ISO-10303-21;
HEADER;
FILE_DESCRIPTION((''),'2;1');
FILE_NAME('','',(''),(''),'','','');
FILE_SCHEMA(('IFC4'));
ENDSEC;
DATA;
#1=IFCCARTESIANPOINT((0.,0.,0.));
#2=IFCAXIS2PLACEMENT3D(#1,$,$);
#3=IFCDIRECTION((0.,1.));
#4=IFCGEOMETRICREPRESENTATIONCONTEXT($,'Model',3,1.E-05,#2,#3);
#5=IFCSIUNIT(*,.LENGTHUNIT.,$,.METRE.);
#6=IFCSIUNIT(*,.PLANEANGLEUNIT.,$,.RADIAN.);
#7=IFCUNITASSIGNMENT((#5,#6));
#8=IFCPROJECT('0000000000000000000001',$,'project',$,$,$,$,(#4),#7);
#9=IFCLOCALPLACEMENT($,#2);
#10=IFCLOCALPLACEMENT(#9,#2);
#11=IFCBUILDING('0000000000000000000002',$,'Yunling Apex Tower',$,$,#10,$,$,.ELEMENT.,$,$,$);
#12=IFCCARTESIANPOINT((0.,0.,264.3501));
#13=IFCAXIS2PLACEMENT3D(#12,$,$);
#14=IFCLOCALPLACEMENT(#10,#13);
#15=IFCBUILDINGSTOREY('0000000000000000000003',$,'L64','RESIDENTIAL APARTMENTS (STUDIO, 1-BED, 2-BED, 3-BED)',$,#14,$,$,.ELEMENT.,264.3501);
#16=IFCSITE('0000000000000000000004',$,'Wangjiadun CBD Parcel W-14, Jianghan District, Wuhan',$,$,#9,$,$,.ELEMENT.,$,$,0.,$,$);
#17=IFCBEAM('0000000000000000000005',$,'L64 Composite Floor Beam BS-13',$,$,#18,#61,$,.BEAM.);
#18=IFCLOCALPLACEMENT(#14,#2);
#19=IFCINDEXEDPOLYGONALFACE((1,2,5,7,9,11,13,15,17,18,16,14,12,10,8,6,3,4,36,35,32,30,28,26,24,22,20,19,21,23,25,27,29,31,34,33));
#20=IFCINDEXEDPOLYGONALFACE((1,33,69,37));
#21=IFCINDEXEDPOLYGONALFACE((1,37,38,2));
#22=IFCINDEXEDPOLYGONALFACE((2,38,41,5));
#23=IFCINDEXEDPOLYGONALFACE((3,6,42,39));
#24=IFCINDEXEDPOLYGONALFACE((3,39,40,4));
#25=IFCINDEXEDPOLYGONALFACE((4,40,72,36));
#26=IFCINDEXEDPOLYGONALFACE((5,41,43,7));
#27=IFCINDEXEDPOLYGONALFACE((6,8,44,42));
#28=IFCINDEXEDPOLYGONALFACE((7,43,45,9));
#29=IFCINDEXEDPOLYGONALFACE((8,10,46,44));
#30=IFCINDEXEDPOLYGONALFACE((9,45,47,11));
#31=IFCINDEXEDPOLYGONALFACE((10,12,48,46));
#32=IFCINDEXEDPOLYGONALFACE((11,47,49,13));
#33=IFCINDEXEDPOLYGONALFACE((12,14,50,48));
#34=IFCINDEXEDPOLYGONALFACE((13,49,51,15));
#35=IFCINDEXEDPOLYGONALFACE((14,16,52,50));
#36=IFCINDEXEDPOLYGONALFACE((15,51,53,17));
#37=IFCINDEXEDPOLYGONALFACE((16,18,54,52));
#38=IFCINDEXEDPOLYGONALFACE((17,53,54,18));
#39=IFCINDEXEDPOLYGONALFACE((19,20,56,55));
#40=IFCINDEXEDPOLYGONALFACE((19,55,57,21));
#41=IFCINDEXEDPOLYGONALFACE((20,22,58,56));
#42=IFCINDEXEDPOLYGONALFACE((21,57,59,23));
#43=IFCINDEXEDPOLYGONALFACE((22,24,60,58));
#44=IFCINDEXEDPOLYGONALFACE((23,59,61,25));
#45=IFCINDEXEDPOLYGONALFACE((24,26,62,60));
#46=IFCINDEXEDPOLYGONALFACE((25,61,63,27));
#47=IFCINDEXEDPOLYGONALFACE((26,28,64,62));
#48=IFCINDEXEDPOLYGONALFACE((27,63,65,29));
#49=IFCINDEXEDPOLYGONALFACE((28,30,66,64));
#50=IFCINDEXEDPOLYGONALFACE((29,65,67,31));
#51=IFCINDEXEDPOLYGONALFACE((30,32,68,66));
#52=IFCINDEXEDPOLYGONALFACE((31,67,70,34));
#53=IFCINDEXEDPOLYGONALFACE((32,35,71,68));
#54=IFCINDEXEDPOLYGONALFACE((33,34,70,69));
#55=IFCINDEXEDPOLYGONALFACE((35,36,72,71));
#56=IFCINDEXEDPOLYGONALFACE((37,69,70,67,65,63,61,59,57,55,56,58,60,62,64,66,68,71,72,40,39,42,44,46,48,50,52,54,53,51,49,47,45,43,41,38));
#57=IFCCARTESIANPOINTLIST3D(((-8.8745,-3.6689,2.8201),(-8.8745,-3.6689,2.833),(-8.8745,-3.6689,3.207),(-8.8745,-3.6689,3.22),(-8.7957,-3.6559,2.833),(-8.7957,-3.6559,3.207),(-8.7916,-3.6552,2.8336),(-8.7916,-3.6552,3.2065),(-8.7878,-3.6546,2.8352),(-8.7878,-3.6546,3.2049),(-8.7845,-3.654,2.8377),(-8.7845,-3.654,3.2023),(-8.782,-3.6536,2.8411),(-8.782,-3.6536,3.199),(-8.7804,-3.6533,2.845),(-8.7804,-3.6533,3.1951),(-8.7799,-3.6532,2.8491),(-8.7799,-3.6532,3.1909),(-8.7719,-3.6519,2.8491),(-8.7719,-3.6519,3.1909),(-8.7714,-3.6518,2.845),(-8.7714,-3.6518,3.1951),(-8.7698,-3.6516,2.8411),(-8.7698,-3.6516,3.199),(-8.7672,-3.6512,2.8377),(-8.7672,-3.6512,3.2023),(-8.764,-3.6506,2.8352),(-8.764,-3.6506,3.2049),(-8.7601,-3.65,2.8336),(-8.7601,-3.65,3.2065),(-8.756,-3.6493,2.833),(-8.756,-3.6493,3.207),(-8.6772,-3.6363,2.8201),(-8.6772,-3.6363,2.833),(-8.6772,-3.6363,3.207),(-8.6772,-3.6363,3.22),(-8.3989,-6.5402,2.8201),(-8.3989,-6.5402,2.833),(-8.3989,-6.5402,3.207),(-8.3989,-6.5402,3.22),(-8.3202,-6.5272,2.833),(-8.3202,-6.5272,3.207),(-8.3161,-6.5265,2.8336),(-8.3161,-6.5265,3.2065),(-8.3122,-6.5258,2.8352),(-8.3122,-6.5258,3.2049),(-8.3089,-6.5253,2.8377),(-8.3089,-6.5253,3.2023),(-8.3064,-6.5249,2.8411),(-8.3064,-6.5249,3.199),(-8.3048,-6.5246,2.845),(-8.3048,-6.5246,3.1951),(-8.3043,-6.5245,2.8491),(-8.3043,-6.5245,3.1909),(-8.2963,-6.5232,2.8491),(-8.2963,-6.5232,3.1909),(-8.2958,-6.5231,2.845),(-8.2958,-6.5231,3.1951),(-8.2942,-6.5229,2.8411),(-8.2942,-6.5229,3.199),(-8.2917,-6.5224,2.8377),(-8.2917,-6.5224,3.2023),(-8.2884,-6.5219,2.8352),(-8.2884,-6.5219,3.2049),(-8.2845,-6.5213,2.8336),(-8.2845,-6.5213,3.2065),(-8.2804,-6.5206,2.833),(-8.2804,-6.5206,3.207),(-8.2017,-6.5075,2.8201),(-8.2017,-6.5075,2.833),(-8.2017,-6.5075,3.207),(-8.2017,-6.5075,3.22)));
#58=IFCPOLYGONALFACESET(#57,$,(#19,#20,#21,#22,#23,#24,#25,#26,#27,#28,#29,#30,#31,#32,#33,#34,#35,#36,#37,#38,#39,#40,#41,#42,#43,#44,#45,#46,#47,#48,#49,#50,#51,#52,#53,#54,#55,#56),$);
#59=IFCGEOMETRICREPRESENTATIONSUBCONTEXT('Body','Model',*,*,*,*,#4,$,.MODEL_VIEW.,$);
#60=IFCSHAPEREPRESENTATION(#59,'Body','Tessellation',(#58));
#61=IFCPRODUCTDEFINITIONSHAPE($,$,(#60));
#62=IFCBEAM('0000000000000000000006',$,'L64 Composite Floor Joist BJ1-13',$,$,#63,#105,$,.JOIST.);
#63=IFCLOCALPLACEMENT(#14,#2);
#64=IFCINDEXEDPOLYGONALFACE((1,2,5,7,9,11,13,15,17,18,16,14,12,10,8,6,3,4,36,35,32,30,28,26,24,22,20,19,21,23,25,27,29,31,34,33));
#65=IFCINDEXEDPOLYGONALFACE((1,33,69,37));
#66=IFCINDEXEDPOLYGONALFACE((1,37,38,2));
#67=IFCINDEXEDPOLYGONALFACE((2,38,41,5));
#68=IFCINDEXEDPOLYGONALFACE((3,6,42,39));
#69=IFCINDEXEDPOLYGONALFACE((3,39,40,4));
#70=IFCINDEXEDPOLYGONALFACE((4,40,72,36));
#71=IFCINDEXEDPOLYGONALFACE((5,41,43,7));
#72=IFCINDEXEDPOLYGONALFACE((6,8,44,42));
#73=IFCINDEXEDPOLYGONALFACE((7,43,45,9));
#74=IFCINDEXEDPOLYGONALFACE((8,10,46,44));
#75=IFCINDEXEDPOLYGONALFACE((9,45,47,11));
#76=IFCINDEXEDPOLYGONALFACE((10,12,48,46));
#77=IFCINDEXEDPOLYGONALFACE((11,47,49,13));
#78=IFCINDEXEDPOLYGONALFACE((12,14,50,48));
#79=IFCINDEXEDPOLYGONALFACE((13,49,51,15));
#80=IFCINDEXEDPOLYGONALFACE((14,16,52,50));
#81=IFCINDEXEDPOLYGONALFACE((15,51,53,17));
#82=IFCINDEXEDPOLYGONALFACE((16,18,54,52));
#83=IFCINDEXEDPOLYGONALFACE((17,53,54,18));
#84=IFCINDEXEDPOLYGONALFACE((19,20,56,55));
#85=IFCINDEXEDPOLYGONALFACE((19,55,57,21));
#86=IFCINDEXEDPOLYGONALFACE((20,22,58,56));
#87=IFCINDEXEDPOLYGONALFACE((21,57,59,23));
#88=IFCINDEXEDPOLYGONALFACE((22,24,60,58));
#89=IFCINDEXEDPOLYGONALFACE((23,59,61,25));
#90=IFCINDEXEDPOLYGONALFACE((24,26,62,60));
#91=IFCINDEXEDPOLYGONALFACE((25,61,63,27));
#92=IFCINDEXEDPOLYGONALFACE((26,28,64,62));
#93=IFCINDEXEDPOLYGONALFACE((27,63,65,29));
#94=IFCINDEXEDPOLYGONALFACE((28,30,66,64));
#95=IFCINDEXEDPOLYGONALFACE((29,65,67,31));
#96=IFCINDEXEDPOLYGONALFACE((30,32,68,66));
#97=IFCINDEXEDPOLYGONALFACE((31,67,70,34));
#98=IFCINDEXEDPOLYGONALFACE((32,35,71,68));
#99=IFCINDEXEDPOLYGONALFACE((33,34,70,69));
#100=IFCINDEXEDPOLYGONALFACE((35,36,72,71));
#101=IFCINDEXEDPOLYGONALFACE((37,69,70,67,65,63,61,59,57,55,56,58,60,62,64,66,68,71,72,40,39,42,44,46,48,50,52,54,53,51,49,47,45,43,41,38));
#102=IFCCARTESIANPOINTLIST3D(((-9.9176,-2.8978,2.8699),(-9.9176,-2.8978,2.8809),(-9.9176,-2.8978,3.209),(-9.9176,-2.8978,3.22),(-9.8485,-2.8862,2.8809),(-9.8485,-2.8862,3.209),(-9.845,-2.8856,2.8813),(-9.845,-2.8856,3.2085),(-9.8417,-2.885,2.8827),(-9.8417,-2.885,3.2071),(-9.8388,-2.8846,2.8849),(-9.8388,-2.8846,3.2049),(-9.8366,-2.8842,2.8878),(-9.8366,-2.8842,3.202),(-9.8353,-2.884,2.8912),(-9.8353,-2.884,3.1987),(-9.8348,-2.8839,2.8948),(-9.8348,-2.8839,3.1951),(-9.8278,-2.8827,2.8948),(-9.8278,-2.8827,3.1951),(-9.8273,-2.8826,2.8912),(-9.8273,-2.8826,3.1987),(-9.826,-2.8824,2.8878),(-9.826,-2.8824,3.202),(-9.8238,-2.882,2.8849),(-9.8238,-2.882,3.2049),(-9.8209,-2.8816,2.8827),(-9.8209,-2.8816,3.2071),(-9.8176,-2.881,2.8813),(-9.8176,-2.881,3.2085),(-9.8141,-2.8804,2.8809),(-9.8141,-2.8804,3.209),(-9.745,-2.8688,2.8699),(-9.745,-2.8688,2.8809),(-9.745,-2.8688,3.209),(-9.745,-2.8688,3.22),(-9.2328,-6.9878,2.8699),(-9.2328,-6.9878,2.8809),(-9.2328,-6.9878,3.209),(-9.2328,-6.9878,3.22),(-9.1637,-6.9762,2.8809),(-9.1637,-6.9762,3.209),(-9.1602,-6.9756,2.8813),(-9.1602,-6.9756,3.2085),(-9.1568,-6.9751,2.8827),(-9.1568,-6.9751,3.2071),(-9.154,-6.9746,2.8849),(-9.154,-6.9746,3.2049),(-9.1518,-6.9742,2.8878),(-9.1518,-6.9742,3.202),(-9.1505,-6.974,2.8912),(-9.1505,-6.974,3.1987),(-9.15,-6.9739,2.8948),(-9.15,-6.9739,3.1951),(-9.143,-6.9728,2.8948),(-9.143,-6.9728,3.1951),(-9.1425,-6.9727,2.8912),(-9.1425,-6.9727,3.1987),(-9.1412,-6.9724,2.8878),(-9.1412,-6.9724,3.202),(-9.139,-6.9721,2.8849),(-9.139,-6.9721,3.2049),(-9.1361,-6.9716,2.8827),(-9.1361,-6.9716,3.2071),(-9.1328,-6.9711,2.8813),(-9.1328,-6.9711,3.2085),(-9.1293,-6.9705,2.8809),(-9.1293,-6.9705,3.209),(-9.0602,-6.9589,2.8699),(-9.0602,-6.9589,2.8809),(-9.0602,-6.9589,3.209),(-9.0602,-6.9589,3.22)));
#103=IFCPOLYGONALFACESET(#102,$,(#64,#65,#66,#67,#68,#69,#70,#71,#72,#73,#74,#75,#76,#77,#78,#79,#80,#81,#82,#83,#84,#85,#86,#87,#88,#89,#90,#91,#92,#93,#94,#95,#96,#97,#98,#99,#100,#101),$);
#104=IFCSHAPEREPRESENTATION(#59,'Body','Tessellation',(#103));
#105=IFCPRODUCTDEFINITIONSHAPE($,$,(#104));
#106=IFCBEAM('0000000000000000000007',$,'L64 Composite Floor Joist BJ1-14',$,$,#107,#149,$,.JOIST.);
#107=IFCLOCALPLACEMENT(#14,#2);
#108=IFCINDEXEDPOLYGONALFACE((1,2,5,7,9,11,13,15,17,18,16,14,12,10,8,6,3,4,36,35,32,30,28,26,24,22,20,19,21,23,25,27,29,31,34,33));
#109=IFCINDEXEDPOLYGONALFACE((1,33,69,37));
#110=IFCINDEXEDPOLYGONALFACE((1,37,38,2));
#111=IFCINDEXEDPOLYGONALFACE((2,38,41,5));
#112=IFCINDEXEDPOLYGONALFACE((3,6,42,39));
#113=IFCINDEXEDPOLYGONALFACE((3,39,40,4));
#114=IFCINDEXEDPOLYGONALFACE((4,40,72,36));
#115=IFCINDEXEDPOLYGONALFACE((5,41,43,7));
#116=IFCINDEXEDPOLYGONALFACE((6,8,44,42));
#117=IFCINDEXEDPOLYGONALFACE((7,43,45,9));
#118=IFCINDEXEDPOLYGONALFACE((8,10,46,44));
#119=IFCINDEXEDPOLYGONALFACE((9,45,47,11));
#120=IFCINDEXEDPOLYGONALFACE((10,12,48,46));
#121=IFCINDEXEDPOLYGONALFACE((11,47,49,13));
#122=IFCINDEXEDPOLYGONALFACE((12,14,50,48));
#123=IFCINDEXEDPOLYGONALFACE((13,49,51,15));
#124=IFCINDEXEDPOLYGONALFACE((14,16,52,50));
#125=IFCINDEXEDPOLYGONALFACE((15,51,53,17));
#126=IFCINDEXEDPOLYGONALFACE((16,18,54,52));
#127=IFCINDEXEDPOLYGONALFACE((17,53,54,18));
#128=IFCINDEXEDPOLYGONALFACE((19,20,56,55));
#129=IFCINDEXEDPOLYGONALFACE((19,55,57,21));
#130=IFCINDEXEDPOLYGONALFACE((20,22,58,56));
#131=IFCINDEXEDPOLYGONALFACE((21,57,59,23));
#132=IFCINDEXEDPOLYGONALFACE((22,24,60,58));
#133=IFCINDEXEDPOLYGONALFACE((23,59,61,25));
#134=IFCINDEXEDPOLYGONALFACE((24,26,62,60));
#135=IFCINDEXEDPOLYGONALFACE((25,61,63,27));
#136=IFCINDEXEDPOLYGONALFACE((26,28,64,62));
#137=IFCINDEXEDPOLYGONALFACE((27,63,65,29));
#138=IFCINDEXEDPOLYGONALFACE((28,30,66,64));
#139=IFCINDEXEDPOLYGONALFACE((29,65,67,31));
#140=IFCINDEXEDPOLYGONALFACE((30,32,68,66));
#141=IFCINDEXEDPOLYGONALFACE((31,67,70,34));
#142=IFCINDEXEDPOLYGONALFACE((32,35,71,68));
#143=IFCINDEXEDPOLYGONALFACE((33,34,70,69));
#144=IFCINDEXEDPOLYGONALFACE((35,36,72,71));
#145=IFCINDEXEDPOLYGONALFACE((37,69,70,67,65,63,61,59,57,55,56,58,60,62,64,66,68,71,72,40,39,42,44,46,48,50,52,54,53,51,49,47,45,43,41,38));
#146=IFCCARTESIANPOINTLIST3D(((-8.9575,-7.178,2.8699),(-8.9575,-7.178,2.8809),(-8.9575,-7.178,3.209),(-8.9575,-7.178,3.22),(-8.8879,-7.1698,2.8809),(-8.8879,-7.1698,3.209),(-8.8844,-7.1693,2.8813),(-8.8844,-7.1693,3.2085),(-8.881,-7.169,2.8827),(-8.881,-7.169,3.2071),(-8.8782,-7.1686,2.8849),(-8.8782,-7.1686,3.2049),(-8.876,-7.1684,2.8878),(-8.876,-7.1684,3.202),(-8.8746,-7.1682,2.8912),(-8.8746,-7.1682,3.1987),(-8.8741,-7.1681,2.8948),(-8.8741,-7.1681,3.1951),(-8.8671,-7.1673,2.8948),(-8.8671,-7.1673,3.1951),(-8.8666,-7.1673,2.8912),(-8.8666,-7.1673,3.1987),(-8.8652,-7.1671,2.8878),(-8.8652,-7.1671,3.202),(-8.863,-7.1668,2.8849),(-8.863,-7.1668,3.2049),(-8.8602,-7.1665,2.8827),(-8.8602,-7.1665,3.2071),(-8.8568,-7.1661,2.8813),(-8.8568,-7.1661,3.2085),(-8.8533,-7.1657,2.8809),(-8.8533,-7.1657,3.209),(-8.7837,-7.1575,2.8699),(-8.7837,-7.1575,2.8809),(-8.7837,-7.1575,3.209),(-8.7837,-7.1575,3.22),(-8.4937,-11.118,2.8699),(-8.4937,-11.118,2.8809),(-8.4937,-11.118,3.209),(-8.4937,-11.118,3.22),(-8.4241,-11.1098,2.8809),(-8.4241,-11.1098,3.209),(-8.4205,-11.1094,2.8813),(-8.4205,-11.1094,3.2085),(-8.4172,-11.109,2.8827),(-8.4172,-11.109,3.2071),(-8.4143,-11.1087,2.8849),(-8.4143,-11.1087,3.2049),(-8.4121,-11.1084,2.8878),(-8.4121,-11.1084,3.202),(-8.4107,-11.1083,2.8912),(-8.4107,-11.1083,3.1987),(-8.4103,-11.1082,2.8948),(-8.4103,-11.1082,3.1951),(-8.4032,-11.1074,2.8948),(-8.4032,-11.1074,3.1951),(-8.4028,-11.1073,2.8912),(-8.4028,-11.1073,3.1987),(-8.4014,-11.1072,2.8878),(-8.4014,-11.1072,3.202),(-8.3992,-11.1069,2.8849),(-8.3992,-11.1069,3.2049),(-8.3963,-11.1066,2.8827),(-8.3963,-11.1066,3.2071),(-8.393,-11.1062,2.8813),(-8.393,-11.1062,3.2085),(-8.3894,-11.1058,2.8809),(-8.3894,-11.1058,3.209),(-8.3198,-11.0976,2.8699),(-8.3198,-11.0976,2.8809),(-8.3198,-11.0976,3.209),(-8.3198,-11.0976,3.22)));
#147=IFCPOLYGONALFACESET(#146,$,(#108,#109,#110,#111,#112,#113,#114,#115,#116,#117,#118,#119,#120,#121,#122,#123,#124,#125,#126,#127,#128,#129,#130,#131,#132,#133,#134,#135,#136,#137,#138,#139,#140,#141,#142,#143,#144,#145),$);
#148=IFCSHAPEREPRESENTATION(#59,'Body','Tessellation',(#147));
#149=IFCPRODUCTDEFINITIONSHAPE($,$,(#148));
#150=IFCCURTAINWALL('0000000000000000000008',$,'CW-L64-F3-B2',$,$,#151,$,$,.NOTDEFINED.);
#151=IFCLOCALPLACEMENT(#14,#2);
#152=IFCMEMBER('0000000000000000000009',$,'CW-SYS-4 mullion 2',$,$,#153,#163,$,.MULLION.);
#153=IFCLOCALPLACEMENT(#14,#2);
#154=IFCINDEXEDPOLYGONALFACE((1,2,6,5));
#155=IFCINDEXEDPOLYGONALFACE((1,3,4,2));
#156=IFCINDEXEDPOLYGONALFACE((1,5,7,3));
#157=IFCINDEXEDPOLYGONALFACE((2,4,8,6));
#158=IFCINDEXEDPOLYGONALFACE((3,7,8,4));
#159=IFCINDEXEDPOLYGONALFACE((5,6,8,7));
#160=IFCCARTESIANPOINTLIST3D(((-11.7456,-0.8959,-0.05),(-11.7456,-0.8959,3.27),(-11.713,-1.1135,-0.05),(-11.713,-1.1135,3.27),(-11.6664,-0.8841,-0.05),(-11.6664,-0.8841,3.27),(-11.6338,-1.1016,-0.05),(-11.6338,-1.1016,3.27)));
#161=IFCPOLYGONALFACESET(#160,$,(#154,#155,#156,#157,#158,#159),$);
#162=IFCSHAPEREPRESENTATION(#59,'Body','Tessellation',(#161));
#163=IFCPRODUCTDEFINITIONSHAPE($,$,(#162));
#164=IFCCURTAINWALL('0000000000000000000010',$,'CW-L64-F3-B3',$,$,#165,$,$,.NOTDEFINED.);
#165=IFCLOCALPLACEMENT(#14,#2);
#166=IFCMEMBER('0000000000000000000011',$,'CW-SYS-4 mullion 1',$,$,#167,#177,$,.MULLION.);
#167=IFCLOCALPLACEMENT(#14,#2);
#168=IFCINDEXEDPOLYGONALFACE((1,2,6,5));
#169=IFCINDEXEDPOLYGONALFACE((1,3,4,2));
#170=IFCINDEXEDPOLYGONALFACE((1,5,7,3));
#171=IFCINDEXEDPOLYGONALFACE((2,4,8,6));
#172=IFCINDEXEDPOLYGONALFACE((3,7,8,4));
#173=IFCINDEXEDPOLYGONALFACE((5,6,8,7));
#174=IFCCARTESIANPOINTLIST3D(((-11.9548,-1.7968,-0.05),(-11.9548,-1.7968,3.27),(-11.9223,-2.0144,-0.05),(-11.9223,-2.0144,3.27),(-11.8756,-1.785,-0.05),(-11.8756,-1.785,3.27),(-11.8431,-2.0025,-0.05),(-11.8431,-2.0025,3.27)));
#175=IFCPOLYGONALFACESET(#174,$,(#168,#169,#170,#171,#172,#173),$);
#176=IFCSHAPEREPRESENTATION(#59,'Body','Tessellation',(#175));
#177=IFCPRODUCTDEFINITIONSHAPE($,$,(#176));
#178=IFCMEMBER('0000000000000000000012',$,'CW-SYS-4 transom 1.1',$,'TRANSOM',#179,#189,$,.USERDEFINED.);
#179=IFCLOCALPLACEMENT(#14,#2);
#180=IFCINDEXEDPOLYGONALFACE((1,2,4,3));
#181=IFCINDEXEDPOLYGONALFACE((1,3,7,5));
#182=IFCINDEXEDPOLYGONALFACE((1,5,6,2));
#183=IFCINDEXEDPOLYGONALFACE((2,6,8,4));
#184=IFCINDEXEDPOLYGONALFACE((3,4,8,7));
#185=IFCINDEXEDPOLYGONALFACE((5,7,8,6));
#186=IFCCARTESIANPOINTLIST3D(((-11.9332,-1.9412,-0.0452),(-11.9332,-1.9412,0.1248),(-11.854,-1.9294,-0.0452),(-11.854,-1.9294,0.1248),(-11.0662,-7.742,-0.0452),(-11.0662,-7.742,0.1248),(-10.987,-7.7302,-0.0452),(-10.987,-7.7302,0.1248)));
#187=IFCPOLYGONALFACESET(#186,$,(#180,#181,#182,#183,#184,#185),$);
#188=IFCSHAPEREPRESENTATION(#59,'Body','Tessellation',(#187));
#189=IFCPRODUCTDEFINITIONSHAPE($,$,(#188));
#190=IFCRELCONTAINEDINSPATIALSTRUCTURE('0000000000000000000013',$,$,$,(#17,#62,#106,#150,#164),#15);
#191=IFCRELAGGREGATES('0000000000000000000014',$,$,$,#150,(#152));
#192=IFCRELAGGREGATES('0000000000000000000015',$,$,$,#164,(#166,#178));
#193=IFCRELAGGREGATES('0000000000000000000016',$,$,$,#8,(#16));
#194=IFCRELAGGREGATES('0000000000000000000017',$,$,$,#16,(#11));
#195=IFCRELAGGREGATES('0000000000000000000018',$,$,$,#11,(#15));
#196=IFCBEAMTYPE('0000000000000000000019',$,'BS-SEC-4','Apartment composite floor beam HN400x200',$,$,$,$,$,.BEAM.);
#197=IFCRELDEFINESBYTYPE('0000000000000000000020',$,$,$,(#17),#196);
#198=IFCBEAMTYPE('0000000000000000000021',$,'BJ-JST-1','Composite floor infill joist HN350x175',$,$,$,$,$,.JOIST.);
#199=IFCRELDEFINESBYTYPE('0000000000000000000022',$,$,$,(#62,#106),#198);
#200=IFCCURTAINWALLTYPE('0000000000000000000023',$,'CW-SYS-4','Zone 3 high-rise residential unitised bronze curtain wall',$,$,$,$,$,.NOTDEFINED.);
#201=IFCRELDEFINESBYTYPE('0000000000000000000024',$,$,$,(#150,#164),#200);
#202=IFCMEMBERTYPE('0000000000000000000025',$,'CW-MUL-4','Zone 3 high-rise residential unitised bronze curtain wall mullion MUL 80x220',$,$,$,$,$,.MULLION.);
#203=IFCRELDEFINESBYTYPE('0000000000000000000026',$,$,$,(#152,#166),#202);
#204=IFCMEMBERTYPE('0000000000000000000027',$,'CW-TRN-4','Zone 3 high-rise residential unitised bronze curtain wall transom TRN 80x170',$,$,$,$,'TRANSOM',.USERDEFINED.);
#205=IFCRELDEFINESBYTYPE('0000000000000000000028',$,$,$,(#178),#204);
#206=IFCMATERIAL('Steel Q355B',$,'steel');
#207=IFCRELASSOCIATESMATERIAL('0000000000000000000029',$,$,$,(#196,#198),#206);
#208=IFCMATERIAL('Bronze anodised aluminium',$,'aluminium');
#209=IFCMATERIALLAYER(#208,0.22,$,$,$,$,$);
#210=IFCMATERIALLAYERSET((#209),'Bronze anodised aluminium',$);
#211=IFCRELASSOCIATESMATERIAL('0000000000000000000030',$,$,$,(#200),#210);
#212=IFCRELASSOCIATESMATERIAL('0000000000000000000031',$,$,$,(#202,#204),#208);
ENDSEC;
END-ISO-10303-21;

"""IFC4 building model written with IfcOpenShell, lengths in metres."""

from ifc_helpers import new_model, si_unit, direction, frame, origin, origin_2d, place, context, subcontext, project, spatial, rectangle, i_section, extrude, source, transform, mapped, material, layer, layer_set, material_profile, profile_set, type_object, element, aggregate, save


model = new_model("IFC4")

# Units and contexts
model_context = context("Model", 3, precision=1e-05, world=origin(), true_north=direction((0.0, 1.0)))
body_context = subcontext(model_context, "Body", "Model", "MODEL_VIEW")
ifc_project = project(units=[si_unit("LENGTHUNIT", "METRE"), si_unit("PLANEANGLEUNIT", "RADIAN")], contexts=[model_context])

# Site, building, storey
site_placement = place(None, origin())
site = spatial("IfcSite", under=ifc_project, at=site_placement, Name="Wangjiadun CBD Parcel W-14, Jianghan District, Wuhan", CompositionType="ELEMENT", RefElevation=0.0)
building_placement = place(site_placement, origin())
building = spatial("IfcBuilding", under=site, at=building_placement, Name="Yunling Apex Tower", CompositionType="ELEMENT")
storey_placement = place(building_placement, frame((0.0, 0.0, 264.3501)))
storey = spatial("IfcBuildingStorey", under=building, at=storey_placement, Name="L64", Description="RESIDENTIAL APARTMENTS (STUDIO, 1-BED, 2-BED, 3-BED)", CompositionType="ELEMENT", Elevation=264.3501)

# Shared definitions
ifc_material_1 = material(Name="Steel Q355B", Category="steel")

# Beams
ifc_material_profile_1 = material_profile(ifc_material_1, i_section(OverallWidth=0.2, OverallDepth=0.3999, WebThickness=0.0081, FlangeThickness=0.0129, FilletRadius=0.0161, at=origin_2d()))
ifc_profile_set_1 = profile_set([ifc_material_profile_1], Name="Steel Q355B")
beam_type_1 = type_object("IfcBeamType", Name="BS-SEC-4", Description="Apartment composite floor beam HN400x200", PredefinedType="BEAM", material=ifc_profile_set_1)
shared_shape_1 = source(origin(), body_context, "Body", "SweptSolid", [
    extrude(i_section(OverallWidth=0.2, OverallDepth=0.3999, WebThickness=0.0081, FlangeThickness=0.0129, FilletRadius=0.0161, at=origin_2d()), origin(), (0.0, 0.0, 1.0), 2.9104),
])
beam_1_placement = place(storey_placement, frame((-8.7759, -3.6526, 3.02), z_axis=(0.163406, -0.986559, 0.0), x_axis=(0.986559, 0.163406, 0.0)))
element("IfcBeam", 1, at=beam_1_placement, inside=storey, type_object=beam_type_1, Name="L64 Composite Floor Beam BS-13", PredefinedType="BEAM", context=body_context, shape_type="MappedRepresentation", body=[
    mapped(shared_shape_1, transform((0.0, 0.0, 0.0), scale=1.0)),
])
ifc_material_profile_2 = material_profile(ifc_material_1, i_section(OverallWidth=0.175, OverallDepth=0.3501, WebThickness=0.0071, FlangeThickness=0.011, FilletRadius=0.0139, at=origin_2d()))
ifc_profile_set_2 = profile_set([ifc_material_profile_2], Name="Steel Q355B")
beam_type_2 = type_object("IfcBeamType", Name="BJ-JST-1", Description="Composite floor infill joist HN350x175", PredefinedType="JOIST", material=ifc_profile_set_2)
shared_shape_2 = source(origin(), body_context, "Body", "SweptSolid", [
    extrude(i_section(OverallWidth=0.175, OverallDepth=0.3501, WebThickness=0.0071, FlangeThickness=0.011, FilletRadius=0.0139, at=origin_2d()), origin(), (0.0, 0.0, 1.0), 4.147),
])
beam_2_placement = place(storey_placement, frame((-9.8313, -2.8833, 3.0449), z_axis=(0.165134, -0.986271, 0.0), x_axis=(0.986271, 0.165134, 0.0)))
element("IfcBeam", 2, at=beam_2_placement, inside=storey, type_object=beam_type_2, Name="L64 Composite Floor Joist BJ1-13", PredefinedType="JOIST", context=body_context, shape_type="MappedRepresentation", body=[
    mapped(shared_shape_2, transform((0.0, 0.0, 0.0), scale=1.0)),
])
shared_shape_3 = source(origin(), body_context, "Body", "SweptSolid", [
    extrude(i_section(OverallWidth=0.175, OverallDepth=0.3501, WebThickness=0.0071, FlangeThickness=0.011, FilletRadius=0.0139, at=origin_2d()), origin(), (0.0, 0.0, 1.0), 3.9673),
])
beam_3_placement = place(storey_placement, frame((-8.8706, -7.1677, 3.0449), z_axis=(0.11692, -0.993141, 0.0), x_axis=(0.993141, 0.11692, 0.0)))
element("IfcBeam", 3, at=beam_3_placement, inside=storey, type_object=beam_type_2, Name="L64 Composite Floor Joist BJ1-14", PredefinedType="JOIST", context=body_context, shape_type="MappedRepresentation", body=[
    mapped(shared_shape_3, transform((0.0, 0.0, 0.0), scale=1.0)),
])

# Curtain wall, member
ifc_material_2 = material(Name="Bronze anodised aluminium", Category="aluminium")
ifc_layer_1 = layer(ifc_material_2, 0.22)
ifc_layer_set_1 = layer_set([ifc_layer_1], Name="Bronze anodised aluminium")
curtain_wall_type = type_object("IfcCurtainWallType", Name="CW-SYS-4", Description="Zone 3 high-rise residential unitised bronze curtain wall", PredefinedType="NOTDEFINED", material=ifc_layer_set_1)
curtain_wall_1_placement = place(storey_placement, origin())
curtain_wall_1 = element("IfcCurtainWall", 4, at=curtain_wall_1_placement, inside=storey, type_object=curtain_wall_type, Name="CW-L64-F3-B2", PredefinedType="NOTDEFINED")
ifc_material_profile_3 = material_profile(ifc_material_2, rectangle(XDim=0.0801, YDim=0.22, at=origin_2d()))
ifc_profile_set_3 = profile_set([ifc_material_profile_3], Name="Bronze anodised aluminium")
member_type_1 = type_object("IfcMemberType", Name="CW-MUL-4", Description="Zone 3 high-rise residential unitised bronze curtain wall mullion MUL 80x220", PredefinedType="MULLION", material=ifc_profile_set_3)
shared_shape_4 = source(origin(), body_context, "Body", "SweptSolid", [
    extrude(rectangle(XDim=0.0801, YDim=0.22, at=origin_2d()), origin(), (0.0, 0.0, 1.0), 3.3201),
])
member_1_placement = place(storey_placement, frame((-11.6897, -0.9988, -0.05), z_axis=(0.0, 0.0, 1.0), x_axis=(0.989017, 0.147804, 0.0)))
member_1 = element("IfcMember", 5, at=member_1_placement, type_object=member_type_1, Name="CW-SYS-4 mullion 2", PredefinedType="MULLION", context=body_context, shape_type="MappedRepresentation", body=[
    mapped(shared_shape_4, transform((0.0, 0.0, 0.0), scale=1.0)),
])
aggregate(curtain_wall_1, [member_1])

# Curtain wall, members
curtain_wall_2_placement = place(storey_placement, origin())
curtain_wall_2 = element("IfcCurtainWall", 6, at=curtain_wall_2_placement, inside=storey, type_object=curtain_wall_type, Name="CW-L64-F3-B3", PredefinedType="NOTDEFINED")
member_2_placement = place(storey_placement, frame((-11.8989, -1.8997, -0.05), z_axis=(0.0, 0.0, 1.0), x_axis=(0.989016, 0.147807, 0.0)))
member_2 = element("IfcMember", 7, at=member_2_placement, type_object=member_type_1, Name="CW-SYS-4 mullion 1", PredefinedType="MULLION", context=body_context, shape_type="MappedRepresentation", body=[
    mapped(shared_shape_4, transform((0.0, 0.0, 0.0), scale=1.0)),
])
ifc_material_profile_4 = material_profile(ifc_material_2, rectangle(XDim=0.0801, YDim=0.1699, at=origin_2d()))
ifc_profile_set_4 = profile_set([ifc_material_profile_4], Name="Bronze anodised aluminium")
member_type_2 = type_object("IfcMemberType", Name="CW-TRN-4", Description="Zone 3 high-rise residential unitised bronze curtain wall transom TRN 80x170", ElementType="TRANSOM", PredefinedType="USERDEFINED", material=ifc_profile_set_4)
shared_shape_5 = source(origin(), body_context, "Body", "SweptSolid", [
    extrude(rectangle(XDim=0.0801, YDim=0.1699, at=origin_2d()), origin(), (0.0, 0.0, 1.0), 5.8652),
])
member_3_placement = place(storey_placement, frame((-11.8936, -1.9353, 0.0398), z_axis=(0.147811, -0.989016, 0.0), x_axis=(0.989016, 0.147811, 0.0)))
member_3 = element("IfcMember", 8, at=member_3_placement, type_object=member_type_2, Name="CW-SYS-4 transom 1.1", ObjectType="TRANSOM", PredefinedType="USERDEFINED", context=body_context, shape_type="MappedRepresentation", body=[
    mapped(shared_shape_5, transform((0.0, 0.0, 0.0), scale=1.0)),
])
aggregate(curtain_wall_2, [member_2, member_3])

save(model, "model.ifc")
